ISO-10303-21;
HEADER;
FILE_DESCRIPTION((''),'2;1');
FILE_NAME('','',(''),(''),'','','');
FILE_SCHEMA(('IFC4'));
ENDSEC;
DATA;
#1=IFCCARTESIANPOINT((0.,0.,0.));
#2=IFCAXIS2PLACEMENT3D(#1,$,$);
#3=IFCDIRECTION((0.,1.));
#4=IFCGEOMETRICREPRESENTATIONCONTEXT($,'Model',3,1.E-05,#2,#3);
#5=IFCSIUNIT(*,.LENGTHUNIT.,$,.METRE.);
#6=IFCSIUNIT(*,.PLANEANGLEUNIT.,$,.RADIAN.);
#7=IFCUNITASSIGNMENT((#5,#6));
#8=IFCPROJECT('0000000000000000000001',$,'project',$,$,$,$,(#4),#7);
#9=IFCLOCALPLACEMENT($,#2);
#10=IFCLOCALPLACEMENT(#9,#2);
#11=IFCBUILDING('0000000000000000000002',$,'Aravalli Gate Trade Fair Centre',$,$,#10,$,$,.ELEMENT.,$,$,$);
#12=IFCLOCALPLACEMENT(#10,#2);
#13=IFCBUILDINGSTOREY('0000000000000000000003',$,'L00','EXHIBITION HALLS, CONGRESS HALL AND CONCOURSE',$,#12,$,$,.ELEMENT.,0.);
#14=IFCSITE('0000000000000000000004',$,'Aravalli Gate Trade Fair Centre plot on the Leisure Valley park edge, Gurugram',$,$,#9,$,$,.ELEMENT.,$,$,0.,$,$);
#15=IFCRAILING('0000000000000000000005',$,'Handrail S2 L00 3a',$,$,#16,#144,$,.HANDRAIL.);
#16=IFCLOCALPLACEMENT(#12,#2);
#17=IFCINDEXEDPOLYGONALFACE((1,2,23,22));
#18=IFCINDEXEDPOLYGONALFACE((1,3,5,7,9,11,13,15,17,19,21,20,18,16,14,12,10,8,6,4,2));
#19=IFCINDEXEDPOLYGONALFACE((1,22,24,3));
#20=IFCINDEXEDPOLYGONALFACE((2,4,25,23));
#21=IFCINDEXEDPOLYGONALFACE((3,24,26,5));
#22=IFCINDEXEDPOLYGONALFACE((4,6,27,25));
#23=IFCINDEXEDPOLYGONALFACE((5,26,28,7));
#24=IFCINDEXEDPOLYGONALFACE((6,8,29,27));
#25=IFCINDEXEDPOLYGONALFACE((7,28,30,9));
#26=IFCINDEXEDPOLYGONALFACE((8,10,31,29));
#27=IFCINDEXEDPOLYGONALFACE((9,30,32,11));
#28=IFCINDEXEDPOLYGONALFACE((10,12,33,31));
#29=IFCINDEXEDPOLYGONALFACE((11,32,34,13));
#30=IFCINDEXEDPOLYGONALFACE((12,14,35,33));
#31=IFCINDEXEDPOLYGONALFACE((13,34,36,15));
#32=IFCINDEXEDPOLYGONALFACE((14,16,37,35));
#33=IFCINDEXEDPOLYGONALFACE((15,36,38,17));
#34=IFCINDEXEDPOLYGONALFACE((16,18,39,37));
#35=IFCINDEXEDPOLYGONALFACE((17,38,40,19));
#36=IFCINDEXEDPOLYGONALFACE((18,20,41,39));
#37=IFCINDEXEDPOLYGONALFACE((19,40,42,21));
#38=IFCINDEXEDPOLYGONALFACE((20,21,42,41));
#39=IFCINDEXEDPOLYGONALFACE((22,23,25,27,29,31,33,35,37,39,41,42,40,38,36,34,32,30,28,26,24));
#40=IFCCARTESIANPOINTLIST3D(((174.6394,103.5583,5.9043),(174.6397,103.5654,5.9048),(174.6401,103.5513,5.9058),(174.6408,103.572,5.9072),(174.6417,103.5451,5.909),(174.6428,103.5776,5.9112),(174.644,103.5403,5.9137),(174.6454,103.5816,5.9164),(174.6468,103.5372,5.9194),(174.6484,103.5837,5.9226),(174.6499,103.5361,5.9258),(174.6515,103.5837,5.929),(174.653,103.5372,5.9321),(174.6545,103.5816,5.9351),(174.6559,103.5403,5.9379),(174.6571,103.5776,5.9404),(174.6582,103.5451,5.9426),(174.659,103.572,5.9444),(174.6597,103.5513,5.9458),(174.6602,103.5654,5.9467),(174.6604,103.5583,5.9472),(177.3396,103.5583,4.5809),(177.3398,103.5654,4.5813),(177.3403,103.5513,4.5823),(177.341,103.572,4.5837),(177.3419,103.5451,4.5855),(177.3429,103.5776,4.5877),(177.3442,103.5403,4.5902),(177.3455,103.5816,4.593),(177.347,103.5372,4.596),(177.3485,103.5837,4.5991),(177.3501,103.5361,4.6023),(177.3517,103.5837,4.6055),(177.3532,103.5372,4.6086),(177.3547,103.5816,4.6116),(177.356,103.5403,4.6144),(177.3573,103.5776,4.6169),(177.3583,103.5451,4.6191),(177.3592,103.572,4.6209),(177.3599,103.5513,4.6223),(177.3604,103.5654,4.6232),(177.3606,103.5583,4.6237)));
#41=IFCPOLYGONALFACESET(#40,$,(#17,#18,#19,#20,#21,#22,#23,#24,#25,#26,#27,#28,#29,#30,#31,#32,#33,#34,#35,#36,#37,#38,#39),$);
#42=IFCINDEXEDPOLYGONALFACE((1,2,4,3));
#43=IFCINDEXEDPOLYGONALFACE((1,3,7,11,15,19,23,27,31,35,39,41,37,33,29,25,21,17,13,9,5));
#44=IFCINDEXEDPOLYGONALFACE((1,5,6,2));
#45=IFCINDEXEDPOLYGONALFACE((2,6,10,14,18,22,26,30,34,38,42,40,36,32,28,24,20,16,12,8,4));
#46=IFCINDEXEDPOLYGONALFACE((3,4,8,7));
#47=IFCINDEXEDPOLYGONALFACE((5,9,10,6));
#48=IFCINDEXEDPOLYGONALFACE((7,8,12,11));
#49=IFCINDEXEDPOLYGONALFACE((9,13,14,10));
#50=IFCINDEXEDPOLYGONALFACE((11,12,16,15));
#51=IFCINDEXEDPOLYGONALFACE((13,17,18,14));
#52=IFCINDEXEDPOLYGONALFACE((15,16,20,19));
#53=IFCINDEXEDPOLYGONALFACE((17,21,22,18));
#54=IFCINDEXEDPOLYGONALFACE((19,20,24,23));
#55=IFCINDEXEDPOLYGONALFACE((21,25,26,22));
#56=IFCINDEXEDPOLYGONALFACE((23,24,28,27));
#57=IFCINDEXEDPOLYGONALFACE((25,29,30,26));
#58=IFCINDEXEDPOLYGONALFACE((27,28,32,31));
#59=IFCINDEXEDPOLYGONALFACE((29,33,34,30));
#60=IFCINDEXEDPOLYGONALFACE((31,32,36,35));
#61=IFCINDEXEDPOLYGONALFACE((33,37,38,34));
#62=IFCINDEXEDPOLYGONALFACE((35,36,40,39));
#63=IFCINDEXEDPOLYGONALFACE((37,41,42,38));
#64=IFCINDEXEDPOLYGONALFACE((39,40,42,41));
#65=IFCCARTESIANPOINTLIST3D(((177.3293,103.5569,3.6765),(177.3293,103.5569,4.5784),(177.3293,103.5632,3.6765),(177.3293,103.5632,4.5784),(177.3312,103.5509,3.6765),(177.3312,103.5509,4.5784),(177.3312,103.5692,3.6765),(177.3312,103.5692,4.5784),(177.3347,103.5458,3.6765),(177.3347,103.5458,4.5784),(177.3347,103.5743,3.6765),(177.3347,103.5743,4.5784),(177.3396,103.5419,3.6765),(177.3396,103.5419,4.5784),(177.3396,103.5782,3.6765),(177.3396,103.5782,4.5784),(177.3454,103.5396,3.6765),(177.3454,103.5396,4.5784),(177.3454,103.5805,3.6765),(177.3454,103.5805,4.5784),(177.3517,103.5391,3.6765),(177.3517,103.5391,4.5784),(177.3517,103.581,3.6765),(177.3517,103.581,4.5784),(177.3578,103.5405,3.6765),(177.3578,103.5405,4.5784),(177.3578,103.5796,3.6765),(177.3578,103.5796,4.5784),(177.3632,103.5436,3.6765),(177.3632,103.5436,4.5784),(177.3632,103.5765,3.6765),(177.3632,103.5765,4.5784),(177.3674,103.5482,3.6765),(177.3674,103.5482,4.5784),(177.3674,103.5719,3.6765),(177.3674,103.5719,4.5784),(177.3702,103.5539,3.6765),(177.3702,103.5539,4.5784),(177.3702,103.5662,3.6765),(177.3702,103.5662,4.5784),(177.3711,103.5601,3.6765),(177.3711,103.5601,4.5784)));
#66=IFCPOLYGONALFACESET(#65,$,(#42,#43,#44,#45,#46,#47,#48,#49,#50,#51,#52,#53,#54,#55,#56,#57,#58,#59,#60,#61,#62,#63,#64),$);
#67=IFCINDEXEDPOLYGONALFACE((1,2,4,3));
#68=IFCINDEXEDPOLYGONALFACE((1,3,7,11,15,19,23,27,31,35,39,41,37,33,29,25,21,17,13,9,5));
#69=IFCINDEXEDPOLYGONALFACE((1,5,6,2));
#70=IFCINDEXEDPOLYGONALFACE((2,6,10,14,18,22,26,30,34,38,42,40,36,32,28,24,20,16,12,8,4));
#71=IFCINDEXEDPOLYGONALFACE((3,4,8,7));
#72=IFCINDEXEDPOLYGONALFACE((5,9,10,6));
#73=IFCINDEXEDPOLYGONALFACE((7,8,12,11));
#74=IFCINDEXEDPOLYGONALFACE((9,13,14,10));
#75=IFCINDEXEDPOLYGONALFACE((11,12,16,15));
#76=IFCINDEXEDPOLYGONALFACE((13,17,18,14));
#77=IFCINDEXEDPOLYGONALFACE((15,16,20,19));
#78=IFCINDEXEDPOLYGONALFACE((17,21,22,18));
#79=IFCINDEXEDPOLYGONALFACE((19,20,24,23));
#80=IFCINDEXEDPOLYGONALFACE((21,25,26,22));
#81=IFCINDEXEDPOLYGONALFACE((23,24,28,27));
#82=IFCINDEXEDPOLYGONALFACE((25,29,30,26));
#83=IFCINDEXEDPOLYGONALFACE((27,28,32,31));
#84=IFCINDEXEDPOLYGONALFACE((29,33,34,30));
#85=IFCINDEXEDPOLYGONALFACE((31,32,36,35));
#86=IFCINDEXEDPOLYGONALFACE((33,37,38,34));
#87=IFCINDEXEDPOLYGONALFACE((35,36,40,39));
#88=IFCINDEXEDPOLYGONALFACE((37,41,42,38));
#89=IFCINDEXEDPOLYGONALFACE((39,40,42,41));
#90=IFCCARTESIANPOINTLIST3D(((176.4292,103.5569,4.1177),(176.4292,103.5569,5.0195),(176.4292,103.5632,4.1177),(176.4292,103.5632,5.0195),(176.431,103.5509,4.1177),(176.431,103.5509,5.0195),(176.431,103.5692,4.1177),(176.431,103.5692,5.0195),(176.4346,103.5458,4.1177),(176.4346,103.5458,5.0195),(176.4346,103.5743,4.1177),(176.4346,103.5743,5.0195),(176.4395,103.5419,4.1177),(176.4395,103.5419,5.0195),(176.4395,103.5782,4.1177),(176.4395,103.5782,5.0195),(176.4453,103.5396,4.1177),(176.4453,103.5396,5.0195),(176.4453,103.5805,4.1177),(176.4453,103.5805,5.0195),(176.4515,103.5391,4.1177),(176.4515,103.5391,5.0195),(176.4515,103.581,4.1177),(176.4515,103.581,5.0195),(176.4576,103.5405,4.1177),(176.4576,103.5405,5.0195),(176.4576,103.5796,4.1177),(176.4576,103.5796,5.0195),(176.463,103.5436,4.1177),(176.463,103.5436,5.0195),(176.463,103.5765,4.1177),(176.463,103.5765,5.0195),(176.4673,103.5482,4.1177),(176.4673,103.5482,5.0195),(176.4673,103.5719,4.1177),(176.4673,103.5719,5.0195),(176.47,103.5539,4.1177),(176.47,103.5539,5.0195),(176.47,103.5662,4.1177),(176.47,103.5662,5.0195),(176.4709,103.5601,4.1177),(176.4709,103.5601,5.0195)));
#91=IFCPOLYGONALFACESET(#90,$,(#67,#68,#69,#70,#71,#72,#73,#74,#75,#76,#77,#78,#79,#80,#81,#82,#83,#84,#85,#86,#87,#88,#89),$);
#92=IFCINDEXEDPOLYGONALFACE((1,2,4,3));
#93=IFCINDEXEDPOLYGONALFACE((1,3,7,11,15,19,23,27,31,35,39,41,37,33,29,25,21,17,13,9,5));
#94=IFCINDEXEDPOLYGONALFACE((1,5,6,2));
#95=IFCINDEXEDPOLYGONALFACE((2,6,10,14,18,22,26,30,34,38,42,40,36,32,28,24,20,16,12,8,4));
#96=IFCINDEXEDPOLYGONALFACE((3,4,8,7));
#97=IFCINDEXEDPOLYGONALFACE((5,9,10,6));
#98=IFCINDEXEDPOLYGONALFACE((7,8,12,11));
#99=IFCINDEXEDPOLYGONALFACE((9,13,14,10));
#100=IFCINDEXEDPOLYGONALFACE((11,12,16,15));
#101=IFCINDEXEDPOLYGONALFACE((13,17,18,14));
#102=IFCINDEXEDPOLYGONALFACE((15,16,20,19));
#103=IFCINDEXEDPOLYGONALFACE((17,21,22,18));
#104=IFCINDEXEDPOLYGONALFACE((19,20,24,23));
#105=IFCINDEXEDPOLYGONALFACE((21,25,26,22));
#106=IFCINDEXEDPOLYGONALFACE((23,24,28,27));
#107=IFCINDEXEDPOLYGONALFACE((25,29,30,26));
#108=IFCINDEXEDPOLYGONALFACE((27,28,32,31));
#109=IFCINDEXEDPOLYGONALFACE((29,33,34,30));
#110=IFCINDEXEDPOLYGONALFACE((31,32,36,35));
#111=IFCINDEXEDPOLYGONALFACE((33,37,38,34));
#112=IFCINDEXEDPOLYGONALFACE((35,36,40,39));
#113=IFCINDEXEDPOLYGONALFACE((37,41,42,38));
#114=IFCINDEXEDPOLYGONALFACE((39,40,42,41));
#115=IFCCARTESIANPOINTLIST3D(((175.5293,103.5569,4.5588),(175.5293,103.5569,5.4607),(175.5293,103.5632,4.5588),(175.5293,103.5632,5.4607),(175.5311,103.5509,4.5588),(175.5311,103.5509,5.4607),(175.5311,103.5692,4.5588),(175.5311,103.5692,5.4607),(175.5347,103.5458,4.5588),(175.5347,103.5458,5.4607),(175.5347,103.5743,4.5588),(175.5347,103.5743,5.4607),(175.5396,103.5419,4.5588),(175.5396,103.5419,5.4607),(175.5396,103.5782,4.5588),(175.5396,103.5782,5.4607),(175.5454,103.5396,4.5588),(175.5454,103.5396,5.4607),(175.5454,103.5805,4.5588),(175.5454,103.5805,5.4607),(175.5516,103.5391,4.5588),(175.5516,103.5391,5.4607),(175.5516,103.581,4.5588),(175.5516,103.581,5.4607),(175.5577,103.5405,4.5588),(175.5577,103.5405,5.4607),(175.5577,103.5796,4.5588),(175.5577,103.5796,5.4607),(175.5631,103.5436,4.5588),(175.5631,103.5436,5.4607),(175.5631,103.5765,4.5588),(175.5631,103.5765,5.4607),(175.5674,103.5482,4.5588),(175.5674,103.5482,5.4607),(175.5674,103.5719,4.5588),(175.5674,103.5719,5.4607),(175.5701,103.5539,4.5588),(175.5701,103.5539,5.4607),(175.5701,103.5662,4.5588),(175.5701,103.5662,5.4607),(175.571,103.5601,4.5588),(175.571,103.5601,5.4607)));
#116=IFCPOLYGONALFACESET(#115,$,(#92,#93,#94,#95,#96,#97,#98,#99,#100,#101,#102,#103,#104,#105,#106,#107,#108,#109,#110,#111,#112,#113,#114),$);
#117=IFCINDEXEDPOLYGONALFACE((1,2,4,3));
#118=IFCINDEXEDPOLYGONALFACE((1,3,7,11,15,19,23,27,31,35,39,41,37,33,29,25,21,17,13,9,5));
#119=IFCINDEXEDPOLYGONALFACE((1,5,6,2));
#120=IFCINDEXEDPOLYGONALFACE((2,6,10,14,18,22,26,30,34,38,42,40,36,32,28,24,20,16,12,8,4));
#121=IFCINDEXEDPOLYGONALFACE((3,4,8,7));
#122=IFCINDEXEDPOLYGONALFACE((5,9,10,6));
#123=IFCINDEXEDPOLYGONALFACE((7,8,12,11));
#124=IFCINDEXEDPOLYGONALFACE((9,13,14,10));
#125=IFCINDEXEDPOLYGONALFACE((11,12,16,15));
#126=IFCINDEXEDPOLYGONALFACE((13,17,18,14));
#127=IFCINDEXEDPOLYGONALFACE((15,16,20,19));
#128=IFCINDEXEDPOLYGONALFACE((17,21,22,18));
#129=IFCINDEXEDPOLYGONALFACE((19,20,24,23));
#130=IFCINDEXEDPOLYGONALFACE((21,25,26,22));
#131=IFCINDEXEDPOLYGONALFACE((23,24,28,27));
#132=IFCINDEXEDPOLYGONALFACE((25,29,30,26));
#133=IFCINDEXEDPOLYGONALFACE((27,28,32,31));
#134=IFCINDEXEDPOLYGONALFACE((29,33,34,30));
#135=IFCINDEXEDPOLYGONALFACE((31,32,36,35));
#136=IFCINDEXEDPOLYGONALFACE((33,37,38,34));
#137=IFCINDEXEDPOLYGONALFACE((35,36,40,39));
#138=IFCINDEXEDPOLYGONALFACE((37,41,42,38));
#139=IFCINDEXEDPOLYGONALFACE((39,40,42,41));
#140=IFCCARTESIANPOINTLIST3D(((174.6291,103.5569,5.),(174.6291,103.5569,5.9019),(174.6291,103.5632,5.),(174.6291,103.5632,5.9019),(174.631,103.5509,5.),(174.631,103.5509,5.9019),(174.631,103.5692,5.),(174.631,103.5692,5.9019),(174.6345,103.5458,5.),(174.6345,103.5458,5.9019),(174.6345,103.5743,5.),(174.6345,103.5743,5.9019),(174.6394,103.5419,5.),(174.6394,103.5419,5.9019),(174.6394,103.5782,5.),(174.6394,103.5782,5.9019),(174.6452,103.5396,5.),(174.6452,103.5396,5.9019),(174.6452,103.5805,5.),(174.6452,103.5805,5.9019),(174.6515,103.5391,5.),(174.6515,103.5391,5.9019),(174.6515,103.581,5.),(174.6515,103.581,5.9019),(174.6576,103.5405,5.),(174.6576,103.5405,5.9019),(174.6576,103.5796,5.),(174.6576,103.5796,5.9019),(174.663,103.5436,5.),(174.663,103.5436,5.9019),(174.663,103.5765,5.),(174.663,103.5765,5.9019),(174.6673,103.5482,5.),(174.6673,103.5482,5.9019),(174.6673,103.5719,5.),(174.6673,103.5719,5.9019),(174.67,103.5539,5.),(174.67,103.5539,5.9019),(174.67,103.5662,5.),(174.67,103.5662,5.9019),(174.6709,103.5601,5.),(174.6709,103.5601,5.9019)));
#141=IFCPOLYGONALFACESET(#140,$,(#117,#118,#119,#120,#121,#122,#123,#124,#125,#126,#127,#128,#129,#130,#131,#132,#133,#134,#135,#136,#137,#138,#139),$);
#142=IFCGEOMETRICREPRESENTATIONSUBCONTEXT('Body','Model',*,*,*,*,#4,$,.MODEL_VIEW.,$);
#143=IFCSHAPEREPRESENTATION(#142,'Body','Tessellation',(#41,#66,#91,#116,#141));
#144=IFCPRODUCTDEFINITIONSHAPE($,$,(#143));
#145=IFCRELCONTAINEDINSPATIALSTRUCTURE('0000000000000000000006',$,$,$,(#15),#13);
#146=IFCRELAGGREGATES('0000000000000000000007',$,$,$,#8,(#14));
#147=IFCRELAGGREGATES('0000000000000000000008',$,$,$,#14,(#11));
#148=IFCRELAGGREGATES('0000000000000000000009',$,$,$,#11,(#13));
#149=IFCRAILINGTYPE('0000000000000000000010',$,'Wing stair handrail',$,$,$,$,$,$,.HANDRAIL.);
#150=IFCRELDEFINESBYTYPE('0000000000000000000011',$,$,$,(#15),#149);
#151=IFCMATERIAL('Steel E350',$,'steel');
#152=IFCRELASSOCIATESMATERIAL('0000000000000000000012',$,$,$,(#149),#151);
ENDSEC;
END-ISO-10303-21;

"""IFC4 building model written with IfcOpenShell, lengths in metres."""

from ifc_helpers import new_model, si_unit, direction, frame, origin, origin_2d, place, context, subcontext, project, spatial, circle, extrude, material, type_object, element, save


model = new_model("IFC4")

# Units and contexts
model_context = context("Model", 3, precision=1e-05, world=origin(), true_north=direction((0.0, 1.0)))
body_context = subcontext(model_context, "Body", "Model", "MODEL_VIEW")
ifc_project = project(units=[si_unit("LENGTHUNIT", "METRE"), si_unit("PLANEANGLEUNIT", "RADIAN")], contexts=[model_context])

# Site, building, storey
site_placement = place(None, origin())
site = spatial("IfcSite", under=ifc_project, at=site_placement, Name="Aravalli Gate Trade Fair Centre plot on the Leisure Valley park edge, Gurugram", CompositionType="ELEMENT", RefElevation=0.0)
building_placement = place(site_placement, origin())
building = spatial("IfcBuilding", under=site, at=building_placement, Name="Aravalli Gate Trade Fair Centre", CompositionType="ELEMENT")
storey_placement = place(building_placement, origin())
storey = spatial("IfcBuildingStorey", under=building, at=storey_placement, Name="L00", Description="EXHIBITION HALLS, CONGRESS HALL AND CONCOURSE", CompositionType="ELEMENT", Elevation=0.0)

# Shared definitions
ifc_material_1 = material(Name="Steel E350", Category="steel")

# Railing
railing_type = type_object("IfcRailingType", Name="Wing stair handrail", PredefinedType="HANDRAIL", material=ifc_material_1)
for number, where, name in (
    (1, (177.3501, 103.5601, 3.6765), "Handrail S2 L00 3a"),
):
    element("IfcRailing", number, at=place(storey_placement, frame(where)), inside=storey, type_object=railing_type, Name=name, PredefinedType="HANDRAIL", context=body_context, shape_type="SweptSolid", body=[
        extrude(circle(Radius=0.0239, at=origin_2d()), frame((0.0, 0.0, 0.9258), z_axis=(-0.897939, 0.0, 0.44012), x_axis=(0.0, -1.0, 0.0)), (0.0, 0.0, 1.0), 3.0071),
        extrude(circle(Radius=0.021, at=origin_2d()), origin(), (0.0, 0.0, 1.0), 0.9019),
        extrude(circle(Radius=0.021, at=origin_2d()), frame((-0.9001, 0.0, 0.4412)), (0.0, 0.0, 1.0), 0.9019),
        extrude(circle(Radius=0.021, at=origin_2d()), frame((-1.8, 0.0, 0.8823)), (0.0, 0.0, 1.0), 0.9019),
        extrude(circle(Radius=0.021, at=origin_2d()), frame((-2.7002, 0.0, 1.3235)), (0.0, 0.0, 1.0), 0.9019),
    ])

save(model, "model.ifc")
